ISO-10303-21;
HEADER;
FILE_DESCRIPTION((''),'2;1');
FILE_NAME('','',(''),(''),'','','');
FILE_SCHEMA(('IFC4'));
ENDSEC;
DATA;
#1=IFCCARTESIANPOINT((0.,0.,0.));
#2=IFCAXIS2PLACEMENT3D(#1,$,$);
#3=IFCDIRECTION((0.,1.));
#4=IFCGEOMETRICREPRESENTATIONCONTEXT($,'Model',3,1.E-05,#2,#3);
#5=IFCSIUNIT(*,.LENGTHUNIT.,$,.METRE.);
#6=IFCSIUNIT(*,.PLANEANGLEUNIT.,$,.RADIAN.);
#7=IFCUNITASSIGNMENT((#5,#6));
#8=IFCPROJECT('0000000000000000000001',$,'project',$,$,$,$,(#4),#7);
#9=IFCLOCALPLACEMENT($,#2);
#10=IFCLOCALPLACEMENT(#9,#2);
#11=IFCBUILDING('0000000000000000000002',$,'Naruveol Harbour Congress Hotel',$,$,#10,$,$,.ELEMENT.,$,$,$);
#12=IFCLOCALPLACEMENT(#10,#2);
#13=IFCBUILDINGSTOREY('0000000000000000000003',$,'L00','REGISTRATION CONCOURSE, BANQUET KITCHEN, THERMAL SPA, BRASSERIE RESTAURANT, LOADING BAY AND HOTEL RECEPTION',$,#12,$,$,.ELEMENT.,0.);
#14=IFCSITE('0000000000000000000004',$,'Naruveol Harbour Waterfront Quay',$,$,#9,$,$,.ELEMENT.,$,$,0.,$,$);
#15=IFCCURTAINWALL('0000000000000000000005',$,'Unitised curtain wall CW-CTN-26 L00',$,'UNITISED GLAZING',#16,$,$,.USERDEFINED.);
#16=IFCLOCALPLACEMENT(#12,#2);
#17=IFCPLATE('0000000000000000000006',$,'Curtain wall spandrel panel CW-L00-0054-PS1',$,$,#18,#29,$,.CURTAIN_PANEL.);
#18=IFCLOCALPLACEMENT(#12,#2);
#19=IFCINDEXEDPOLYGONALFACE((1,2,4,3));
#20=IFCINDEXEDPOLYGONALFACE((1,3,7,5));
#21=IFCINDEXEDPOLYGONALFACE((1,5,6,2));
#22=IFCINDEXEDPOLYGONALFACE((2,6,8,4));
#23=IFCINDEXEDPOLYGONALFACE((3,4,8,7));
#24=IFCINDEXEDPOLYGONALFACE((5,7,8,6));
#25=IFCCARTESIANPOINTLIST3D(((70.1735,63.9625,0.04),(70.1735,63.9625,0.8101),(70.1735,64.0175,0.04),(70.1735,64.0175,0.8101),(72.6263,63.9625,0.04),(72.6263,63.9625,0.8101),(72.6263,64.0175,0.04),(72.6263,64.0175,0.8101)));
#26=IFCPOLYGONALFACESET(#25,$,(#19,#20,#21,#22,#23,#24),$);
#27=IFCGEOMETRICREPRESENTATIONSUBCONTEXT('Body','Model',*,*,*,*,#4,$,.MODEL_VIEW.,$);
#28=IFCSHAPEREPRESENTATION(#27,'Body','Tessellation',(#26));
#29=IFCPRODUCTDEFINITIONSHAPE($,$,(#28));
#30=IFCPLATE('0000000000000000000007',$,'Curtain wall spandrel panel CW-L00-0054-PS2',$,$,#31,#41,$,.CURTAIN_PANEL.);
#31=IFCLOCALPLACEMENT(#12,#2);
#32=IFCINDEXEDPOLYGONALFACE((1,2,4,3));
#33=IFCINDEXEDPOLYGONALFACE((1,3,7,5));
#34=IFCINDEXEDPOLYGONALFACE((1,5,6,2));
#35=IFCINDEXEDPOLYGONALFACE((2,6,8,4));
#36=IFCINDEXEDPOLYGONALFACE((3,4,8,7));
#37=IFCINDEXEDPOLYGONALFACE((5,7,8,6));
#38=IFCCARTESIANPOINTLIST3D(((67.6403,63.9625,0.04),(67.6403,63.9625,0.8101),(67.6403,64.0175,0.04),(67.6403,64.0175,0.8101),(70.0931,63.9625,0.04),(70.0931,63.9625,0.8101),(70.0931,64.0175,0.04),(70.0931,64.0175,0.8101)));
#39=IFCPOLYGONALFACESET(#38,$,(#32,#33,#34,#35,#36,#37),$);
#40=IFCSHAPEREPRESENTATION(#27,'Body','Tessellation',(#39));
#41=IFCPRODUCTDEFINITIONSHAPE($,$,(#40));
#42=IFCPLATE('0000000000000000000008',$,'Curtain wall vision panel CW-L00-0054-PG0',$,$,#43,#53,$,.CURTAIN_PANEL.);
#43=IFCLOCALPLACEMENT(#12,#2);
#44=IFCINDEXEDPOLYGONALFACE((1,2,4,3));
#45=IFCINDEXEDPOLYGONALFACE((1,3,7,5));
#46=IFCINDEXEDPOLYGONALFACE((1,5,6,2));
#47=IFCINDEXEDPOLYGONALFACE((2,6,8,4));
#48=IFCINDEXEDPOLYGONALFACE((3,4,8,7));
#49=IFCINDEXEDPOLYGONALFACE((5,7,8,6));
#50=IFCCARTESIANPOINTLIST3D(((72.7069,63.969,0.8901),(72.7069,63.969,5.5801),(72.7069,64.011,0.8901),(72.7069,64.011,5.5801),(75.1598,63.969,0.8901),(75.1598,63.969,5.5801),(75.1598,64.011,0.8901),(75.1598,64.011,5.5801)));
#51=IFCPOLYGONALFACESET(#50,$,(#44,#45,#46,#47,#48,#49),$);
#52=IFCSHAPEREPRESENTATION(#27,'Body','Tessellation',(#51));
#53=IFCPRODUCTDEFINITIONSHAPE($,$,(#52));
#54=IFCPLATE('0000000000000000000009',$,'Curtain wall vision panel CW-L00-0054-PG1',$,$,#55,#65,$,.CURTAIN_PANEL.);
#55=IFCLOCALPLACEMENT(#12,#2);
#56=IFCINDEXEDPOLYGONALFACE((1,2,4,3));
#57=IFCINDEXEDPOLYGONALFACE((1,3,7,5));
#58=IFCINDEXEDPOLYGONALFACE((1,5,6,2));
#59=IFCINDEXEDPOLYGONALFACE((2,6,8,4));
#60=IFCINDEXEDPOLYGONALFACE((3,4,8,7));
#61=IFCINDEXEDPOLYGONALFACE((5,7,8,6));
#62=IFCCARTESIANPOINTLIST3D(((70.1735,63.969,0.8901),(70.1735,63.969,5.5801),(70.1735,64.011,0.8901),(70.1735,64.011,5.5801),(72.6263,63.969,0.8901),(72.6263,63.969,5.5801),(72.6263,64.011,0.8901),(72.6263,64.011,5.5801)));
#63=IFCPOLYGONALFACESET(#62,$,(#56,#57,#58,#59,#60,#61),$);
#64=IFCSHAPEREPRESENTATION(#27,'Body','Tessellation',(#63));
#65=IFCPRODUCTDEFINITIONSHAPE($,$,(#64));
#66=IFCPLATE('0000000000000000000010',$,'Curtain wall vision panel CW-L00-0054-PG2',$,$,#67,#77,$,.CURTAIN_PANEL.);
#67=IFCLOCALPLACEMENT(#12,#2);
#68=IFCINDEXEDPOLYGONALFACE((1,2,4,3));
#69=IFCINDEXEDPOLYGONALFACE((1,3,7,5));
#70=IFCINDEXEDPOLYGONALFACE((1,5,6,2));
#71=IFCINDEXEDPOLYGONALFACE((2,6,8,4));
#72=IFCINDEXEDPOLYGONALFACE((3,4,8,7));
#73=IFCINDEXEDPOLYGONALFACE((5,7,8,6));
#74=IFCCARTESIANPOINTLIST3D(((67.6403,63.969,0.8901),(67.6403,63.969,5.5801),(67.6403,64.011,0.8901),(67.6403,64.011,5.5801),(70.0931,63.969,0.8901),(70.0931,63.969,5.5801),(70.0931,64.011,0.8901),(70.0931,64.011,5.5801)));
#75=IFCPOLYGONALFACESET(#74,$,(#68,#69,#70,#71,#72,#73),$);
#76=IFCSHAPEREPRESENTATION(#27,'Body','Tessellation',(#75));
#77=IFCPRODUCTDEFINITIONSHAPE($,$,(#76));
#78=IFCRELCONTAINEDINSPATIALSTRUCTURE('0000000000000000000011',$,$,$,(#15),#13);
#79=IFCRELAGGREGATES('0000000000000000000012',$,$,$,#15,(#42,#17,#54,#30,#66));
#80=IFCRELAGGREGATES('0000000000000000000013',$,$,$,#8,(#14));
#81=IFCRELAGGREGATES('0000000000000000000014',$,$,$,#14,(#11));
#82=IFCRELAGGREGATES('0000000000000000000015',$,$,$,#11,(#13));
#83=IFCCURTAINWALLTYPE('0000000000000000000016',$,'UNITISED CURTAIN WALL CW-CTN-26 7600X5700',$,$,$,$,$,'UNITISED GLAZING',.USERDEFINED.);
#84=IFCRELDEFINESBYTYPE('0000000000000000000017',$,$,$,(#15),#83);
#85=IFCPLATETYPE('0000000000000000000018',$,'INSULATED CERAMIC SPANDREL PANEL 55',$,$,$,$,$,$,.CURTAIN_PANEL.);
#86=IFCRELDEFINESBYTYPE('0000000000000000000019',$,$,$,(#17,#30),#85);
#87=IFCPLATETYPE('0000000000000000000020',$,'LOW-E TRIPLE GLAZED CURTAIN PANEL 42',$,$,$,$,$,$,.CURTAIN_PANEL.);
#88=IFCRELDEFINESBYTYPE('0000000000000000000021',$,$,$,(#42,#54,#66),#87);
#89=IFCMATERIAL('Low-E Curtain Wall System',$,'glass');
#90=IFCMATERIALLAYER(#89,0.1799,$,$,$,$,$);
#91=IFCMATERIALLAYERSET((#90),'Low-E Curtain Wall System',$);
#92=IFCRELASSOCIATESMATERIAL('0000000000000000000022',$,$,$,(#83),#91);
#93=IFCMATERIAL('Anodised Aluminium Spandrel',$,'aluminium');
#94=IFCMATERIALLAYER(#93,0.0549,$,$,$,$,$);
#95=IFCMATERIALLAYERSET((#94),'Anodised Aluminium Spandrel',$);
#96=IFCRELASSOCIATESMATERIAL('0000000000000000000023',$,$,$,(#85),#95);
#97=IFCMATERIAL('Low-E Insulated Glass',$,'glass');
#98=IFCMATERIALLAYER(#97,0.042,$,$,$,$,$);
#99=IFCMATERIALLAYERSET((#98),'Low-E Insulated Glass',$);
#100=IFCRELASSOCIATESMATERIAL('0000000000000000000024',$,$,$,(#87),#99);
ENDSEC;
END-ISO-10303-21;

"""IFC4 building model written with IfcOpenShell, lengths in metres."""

from ifc_helpers import new_model, si_unit, direction, frame, origin, origin_2d, place, context, subcontext, project, spatial, rectangle, extrude, material, layer, layer_set, type_object, element, aggregate, save


model = new_model("IFC4")

# Units and contexts
model_context = context("Model", 3, precision=1e-05, world=origin(), true_north=direction((0.0, 1.0)))
body_context = subcontext(model_context, "Body", "Model", "MODEL_VIEW")
ifc_project = project(units=[si_unit("LENGTHUNIT", "METRE"), si_unit("PLANEANGLEUNIT", "RADIAN")], contexts=[model_context])

# Site, building, storey
site_placement = place(None, origin())
site = spatial("IfcSite", under=ifc_project, at=site_placement, Name="Naruveol Harbour Waterfront Quay", CompositionType="ELEMENT", RefElevation=0.0)
building_placement = place(site_placement, origin())
building = spatial("IfcBuilding", under=site, at=building_placement, Name="Naruveol Harbour Congress Hotel", CompositionType="ELEMENT")
storey_placement = place(building_placement, origin())
storey = spatial("IfcBuildingStorey", under=building, at=storey_placement, Name="L00", Description="REGISTRATION CONCOURSE, BANQUET KITCHEN, THERMAL SPA, BRASSERIE RESTAURANT, LOADING BAY AND HOTEL RECEPTION", CompositionType="ELEMENT", Elevation=0.0)

# Curtain wall
ifc_material_1 = material(Name="Low-E Curtain Wall System", Category="glass")
ifc_layer_1 = layer(ifc_material_1, 0.1799)
ifc_layer_set_1 = layer_set([ifc_layer_1], Name="Low-E Curtain Wall System")
curtain_wall_type_1 = type_object("IfcCurtainWallType", Name="UNITISED CURTAIN WALL CW-CTN-26 7600X5700", ElementType="UNITISED GLAZING", PredefinedType="USERDEFINED", material=ifc_layer_set_1)
curtain_wall_1_placement = place(storey_placement, origin())
curtain_wall_1 = element("IfcCurtainWall", 1, at=curtain_wall_1_placement, inside=storey, type_object=curtain_wall_type_1, Name="Unitised curtain wall CW-CTN-26 L00", ObjectType="UNITISED GLAZING", PredefinedType="USERDEFINED")

# Plates
ifc_material_2 = material(Name="Anodised Aluminium Spandrel", Category="aluminium")
ifc_layer_2 = layer(ifc_material_2, 0.0549)
ifc_layer_set_2 = layer_set([ifc_layer_2], Name="Anodised Aluminium Spandrel")
plate_type_1 = type_object("IfcPlateType", Name="INSULATED CERAMIC SPANDREL PANEL 55", PredefinedType="CURTAIN_PANEL", material=ifc_layer_set_2)
plate_1_placement = place(storey_placement, frame((71.3999, 63.99, 0.04), z_axis=(0.0, 0.0, 1.0), x_axis=(-1.0, 0.0, 0.0)))
plate_1 = element("IfcPlate", 2, at=plate_1_placement, type_object=plate_type_1, Name="Curtain wall spandrel panel CW-L00-0054-PS1", PredefinedType="CURTAIN_PANEL", context=body_context, shape_type="SweptSolid", body=[
    extrude(rectangle(XDim=2.4529, YDim=0.0549, at=origin_2d()), origin(), (0.0, 0.0, 1.0), 0.77),
])
plate_2_placement = place(storey_placement, frame((68.8667, 63.99, 0.04), z_axis=(0.0, 0.0, 1.0), x_axis=(-1.0, 0.0, 0.0)))
plate_2 = element("IfcPlate", 3, at=plate_2_placement, type_object=plate_type_1, Name="Curtain wall spandrel panel CW-L00-0054-PS2", PredefinedType="CURTAIN_PANEL", context=body_context, shape_type="SweptSolid", body=[
    extrude(rectangle(XDim=2.4529, YDim=0.0549, at=origin_2d()), origin(), (0.0, 0.0, 1.0), 0.77),
])
ifc_material_3 = material(Name="Low-E Insulated Glass", Category="glass")
ifc_layer_3 = layer(ifc_material_3, 0.042)
ifc_layer_set_3 = layer_set([ifc_layer_3], Name="Low-E Insulated Glass")
plate_type_2 = type_object("IfcPlateType", Name="LOW-E TRIPLE GLAZED CURTAIN PANEL 42", PredefinedType="CURTAIN_PANEL", material=ifc_layer_set_3)
plate_3_placement = place(storey_placement, frame((73.9333, 63.99, 0.8901), z_axis=(0.0, 0.0, 1.0), x_axis=(-1.0, 0.0, 0.0)))
plate_3 = element("IfcPlate", 4, at=plate_3_placement, type_object=plate_type_2, Name="Curtain wall vision panel CW-L00-0054-PG0", PredefinedType="CURTAIN_PANEL", context=body_context, shape_type="SweptSolid", body=[
    extrude(rectangle(XDim=2.4529, YDim=0.042, at=origin_2d()), origin(), (0.0, 0.0, 1.0), 4.6899),
])
plate_4_placement = place(storey_placement, frame((71.3999, 63.99, 0.8901), z_axis=(0.0, 0.0, 1.0), x_axis=(-1.0, 0.0, 0.0)))
plate_4 = element("IfcPlate", 5, at=plate_4_placement, type_object=plate_type_2, Name="Curtain wall vision panel CW-L00-0054-PG1", PredefinedType="CURTAIN_PANEL", context=body_context, shape_type="SweptSolid", body=[
    extrude(rectangle(XDim=2.4529, YDim=0.042, at=origin_2d()), origin(), (0.0, 0.0, 1.0), 4.6899),
])
plate_5_placement = place(storey_placement, frame((68.8667, 63.99, 0.8901), z_axis=(0.0, 0.0, 1.0), x_axis=(-1.0, 0.0, 0.0)))
plate_5 = element("IfcPlate", 6, at=plate_5_placement, type_object=plate_type_2, Name="Curtain wall vision panel CW-L00-0054-PG2", PredefinedType="CURTAIN_PANEL", context=body_context, shape_type="SweptSolid", body=[
    extrude(rectangle(XDim=2.4529, YDim=0.042, at=origin_2d()), origin(), (0.0, 0.0, 1.0), 4.6899),
])
aggregate(curtain_wall_1, [plate_3, plate_1, plate_4, plate_2, plate_5])

save(model, "model.ifc")
